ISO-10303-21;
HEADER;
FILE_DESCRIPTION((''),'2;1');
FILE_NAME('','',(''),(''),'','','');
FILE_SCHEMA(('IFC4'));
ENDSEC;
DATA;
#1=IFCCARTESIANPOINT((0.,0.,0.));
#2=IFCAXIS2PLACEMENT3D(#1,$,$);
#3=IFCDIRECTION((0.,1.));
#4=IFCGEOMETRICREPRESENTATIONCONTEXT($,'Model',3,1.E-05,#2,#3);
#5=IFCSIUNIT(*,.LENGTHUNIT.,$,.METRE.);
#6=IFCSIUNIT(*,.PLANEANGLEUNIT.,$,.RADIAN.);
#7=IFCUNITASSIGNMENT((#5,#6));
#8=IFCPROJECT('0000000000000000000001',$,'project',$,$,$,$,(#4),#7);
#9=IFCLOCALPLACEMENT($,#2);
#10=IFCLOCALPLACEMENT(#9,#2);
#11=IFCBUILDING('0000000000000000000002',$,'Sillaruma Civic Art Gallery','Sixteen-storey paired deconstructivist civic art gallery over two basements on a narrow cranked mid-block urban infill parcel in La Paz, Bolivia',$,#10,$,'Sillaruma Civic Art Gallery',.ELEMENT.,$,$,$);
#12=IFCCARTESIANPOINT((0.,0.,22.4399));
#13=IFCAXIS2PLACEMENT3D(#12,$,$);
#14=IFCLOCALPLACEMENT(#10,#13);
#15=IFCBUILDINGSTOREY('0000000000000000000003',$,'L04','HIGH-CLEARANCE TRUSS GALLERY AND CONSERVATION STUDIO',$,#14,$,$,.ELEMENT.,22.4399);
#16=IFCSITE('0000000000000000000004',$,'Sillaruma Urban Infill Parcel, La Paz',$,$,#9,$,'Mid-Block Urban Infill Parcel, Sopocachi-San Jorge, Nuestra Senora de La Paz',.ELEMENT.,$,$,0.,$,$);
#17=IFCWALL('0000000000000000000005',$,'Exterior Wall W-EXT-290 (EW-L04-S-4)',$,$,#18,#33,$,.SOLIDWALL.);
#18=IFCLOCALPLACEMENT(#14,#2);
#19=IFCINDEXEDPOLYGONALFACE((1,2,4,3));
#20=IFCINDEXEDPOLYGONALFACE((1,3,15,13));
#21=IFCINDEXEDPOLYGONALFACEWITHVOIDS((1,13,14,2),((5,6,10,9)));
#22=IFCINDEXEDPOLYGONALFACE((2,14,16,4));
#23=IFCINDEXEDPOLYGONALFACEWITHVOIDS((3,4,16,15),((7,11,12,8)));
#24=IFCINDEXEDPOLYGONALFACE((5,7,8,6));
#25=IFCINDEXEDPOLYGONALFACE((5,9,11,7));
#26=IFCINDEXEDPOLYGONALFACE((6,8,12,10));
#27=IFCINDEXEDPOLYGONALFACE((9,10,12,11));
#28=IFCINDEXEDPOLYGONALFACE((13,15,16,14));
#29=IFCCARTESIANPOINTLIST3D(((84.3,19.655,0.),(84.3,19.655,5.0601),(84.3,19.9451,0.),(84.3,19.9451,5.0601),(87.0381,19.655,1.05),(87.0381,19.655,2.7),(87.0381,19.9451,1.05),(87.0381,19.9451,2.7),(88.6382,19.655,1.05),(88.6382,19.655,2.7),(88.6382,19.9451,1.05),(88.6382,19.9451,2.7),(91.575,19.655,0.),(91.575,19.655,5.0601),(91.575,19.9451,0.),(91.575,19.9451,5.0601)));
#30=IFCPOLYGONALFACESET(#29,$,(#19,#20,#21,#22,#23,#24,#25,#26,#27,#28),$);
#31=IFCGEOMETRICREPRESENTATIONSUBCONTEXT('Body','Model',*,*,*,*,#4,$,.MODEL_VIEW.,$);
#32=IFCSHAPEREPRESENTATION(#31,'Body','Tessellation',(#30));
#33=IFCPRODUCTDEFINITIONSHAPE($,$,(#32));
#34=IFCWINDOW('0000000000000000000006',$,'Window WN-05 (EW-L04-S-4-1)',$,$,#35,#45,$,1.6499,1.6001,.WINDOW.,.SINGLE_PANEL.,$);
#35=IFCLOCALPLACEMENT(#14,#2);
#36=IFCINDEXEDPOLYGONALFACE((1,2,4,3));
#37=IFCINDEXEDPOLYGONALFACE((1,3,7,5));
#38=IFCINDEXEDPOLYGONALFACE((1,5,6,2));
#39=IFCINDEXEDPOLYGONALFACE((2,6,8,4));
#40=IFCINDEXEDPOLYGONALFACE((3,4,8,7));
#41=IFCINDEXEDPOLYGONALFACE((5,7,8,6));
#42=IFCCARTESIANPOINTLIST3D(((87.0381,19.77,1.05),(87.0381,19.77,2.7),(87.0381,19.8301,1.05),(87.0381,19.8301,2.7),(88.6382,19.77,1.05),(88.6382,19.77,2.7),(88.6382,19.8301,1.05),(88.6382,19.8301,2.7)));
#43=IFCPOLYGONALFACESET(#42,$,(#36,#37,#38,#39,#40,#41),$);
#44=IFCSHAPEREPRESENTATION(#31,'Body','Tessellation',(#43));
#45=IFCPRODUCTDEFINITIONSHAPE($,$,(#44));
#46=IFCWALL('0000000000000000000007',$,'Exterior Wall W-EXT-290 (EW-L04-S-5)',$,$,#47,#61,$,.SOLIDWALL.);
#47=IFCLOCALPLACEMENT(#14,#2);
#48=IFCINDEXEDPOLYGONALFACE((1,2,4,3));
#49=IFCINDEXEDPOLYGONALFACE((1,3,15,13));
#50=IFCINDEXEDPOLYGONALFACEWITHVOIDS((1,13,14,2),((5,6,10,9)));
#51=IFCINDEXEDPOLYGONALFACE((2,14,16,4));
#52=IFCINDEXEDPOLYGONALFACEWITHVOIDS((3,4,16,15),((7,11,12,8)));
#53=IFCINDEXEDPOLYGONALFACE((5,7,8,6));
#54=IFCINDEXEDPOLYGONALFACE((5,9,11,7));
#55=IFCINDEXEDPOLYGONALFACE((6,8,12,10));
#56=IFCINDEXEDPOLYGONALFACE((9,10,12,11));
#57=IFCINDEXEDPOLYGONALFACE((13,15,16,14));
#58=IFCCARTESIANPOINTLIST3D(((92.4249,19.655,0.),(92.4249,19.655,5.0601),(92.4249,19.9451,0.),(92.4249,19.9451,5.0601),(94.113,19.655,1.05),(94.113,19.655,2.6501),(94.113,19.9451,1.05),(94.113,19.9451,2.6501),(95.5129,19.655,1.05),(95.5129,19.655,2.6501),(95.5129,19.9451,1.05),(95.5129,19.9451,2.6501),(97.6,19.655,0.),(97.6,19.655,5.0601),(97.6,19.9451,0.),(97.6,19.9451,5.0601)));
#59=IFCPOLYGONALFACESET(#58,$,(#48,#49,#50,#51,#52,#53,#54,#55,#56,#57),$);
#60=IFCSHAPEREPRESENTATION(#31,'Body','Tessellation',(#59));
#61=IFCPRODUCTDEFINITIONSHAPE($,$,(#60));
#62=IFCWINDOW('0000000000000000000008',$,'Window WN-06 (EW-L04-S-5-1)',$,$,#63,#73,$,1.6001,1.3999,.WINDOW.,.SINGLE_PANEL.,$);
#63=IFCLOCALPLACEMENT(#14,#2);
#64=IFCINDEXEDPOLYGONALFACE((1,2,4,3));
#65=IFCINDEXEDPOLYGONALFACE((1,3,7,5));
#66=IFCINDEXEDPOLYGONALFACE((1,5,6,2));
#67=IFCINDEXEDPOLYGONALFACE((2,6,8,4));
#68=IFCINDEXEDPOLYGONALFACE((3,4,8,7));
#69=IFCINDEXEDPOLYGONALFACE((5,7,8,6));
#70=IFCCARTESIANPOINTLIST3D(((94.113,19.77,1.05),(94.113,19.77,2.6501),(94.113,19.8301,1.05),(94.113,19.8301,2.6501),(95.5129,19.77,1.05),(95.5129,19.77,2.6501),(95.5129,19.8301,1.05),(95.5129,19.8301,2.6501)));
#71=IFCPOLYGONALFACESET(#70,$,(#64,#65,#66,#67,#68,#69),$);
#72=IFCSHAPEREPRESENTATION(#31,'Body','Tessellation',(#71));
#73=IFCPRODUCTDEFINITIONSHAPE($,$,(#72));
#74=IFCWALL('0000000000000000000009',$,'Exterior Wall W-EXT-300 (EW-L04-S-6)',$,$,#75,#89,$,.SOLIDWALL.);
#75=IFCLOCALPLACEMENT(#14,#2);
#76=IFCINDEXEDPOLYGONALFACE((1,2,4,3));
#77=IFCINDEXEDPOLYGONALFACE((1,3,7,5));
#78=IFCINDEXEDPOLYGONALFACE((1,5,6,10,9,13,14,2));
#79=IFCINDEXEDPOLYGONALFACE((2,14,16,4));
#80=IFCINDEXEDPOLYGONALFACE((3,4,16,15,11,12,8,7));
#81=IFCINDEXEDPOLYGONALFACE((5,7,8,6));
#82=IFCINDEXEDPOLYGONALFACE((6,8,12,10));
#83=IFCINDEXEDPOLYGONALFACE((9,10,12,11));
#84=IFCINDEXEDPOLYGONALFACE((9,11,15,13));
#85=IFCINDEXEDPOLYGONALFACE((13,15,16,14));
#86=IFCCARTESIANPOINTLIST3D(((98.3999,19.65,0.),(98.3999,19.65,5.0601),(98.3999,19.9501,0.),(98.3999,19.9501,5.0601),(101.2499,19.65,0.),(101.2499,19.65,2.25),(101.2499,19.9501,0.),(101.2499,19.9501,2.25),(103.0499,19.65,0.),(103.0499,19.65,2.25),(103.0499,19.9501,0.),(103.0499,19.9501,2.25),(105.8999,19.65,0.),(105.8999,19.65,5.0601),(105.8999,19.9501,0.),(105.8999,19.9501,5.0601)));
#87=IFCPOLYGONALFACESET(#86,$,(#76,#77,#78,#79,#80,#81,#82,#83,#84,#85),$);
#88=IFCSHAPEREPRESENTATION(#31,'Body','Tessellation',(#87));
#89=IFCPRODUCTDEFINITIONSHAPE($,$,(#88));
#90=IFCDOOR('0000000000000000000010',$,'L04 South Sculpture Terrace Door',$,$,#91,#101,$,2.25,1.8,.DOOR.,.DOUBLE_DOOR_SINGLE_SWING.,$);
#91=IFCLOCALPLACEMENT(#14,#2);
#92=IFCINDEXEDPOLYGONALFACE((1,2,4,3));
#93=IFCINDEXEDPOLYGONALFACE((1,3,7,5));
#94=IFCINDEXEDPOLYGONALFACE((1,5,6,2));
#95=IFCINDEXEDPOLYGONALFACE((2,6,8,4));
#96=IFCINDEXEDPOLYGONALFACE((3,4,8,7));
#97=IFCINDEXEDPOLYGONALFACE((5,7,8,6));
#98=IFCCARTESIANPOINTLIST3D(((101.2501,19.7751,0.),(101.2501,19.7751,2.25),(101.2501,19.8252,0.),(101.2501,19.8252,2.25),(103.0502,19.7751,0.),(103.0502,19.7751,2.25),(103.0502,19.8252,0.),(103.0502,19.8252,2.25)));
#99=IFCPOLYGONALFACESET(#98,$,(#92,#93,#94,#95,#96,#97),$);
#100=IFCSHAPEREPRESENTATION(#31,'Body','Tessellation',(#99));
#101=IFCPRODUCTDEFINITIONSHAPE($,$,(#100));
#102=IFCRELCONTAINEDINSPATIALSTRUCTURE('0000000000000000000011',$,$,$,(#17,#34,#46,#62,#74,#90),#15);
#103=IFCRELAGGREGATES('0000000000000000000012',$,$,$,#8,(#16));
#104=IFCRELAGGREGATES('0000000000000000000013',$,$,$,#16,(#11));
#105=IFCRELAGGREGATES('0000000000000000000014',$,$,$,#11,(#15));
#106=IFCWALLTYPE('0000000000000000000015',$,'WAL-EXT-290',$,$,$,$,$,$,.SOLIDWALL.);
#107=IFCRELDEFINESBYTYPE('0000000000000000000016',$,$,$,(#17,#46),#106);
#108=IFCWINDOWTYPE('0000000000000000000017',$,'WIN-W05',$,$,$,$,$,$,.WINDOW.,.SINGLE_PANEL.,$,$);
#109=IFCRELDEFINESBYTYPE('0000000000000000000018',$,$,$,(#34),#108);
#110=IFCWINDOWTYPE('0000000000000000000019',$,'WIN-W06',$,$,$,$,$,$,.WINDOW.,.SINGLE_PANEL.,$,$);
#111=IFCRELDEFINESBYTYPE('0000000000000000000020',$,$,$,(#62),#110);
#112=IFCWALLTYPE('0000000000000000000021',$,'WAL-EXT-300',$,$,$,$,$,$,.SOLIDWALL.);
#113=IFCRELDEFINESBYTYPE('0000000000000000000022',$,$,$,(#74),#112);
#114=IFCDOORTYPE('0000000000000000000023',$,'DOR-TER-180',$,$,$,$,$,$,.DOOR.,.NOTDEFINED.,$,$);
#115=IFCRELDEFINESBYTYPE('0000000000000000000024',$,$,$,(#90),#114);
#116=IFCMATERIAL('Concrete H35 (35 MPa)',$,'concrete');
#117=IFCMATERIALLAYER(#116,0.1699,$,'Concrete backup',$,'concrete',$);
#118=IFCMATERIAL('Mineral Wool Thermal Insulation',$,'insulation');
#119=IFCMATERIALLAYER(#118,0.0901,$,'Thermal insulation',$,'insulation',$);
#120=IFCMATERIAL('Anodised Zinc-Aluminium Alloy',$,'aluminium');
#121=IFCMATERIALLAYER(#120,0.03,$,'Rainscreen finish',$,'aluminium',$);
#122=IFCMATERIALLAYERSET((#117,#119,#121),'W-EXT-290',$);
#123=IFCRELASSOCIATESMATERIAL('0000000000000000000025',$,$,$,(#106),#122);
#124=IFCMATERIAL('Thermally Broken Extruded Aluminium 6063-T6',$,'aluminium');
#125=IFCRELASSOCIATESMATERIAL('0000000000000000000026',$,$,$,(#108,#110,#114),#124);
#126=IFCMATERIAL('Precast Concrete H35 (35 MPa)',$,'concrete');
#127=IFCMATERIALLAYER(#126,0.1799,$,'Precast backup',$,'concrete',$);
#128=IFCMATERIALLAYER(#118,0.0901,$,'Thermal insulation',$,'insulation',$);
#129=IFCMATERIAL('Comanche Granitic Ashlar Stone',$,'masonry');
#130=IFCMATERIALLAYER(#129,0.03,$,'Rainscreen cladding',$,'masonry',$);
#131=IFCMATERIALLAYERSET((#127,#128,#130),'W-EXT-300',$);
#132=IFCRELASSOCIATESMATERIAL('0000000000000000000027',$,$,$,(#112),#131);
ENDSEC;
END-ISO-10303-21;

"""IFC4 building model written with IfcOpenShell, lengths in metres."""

from ifc_helpers import new_model, si_unit, direction, frame, frame_2d, origin, place, context, subcontext, project, spatial, rectangle, extrude, material, layer, layer_set, type_object, element, fill, save


model = new_model("IFC4")

# Units and contexts
model_context = context("Model", 3, precision=1e-05, world=origin(), true_north=direction((0.0, 1.0)))
body_context = subcontext(model_context, "Body", "Model", "MODEL_VIEW")
ifc_project = project(units=[si_unit("LENGTHUNIT", "METRE"), si_unit("PLANEANGLEUNIT", "RADIAN")], contexts=[model_context])

# Site, building, storey
site_placement = place(None, origin())
site = spatial("IfcSite", under=ifc_project, at=site_placement, Name="Sillaruma Urban Infill Parcel, La Paz", LongName="Mid-Block Urban Infill Parcel, Sopocachi-San Jorge, Nuestra Senora de La Paz", CompositionType="ELEMENT", RefElevation=0.0)
building_placement = place(site_placement, origin())
building = spatial("IfcBuilding", under=site, at=building_placement, Name="Sillaruma Civic Art Gallery", Description="Sixteen-storey paired deconstructivist civic art gallery over two basements on a narrow cranked mid-block urban infill parcel in La Paz, Bolivia", LongName="Sillaruma Civic Art Gallery", CompositionType="ELEMENT")
storey_placement = place(building_placement, frame((0.0, 0.0, 22.4399)))
storey = spatial("IfcBuildingStorey", under=building, at=storey_placement, Name="L04", Description="HIGH-CLEARANCE TRUSS GALLERY AND CONSERVATION STUDIO", CompositionType="ELEMENT", Elevation=22.4399)

# Shared definitions
ifc_material_1 = material(Name="Concrete H35 (35 MPa)", Category="concrete")

# Walls, openings, windows
ifc_layer_1 = layer(ifc_material_1, 0.1699, Name="Concrete backup", Category="concrete")
ifc_material_2 = material(Name="Mineral Wool Thermal Insulation", Category="insulation")
ifc_layer_2 = layer(ifc_material_2, 0.0901, Name="Thermal insulation", Category="insulation")
ifc_material_3 = material(Name="Anodised Zinc-Aluminium Alloy", Category="aluminium")
ifc_layer_3 = layer(ifc_material_3, 0.03, Name="Rainscreen finish", Category="aluminium")
ifc_layer_set_1 = layer_set([ifc_layer_1, ifc_layer_2, ifc_layer_3], Name="W-EXT-290")
wall_type_1 = type_object("IfcWallType", Name="WAL-EXT-290", PredefinedType="SOLIDWALL", material=ifc_layer_set_1)
wall_1_placement = place(storey_placement, frame((84.3, 19.8, 0.0), z_axis=(0.0, 0.0, 1.0), x_axis=(1.0, 0.0, 0.0)))
wall_1 = element("IfcWall", 1, at=wall_1_placement, inside=storey, type_object=wall_type_1, Name="Exterior Wall W-EXT-290 (EW-L04-S-4)", PredefinedType="SOLIDWALL", context=body_context, shape_type="SweptSolid", body=[
    extrude(rectangle(XDim=7.2749, YDim=0.29, at=frame_2d((3.6375, 0.0))), origin(), (0.0, 0.0, 1.0), 5.0601),
])
opening_1_placement = place(wall_1_placement, frame((2.738, 0.0, 1.05)))
opening_1 = element("IfcOpeningElement", 2, at=opening_1_placement, cuts=wall_1, PredefinedType="OPENING", context=body_context, shape_type="SweptSolid", body=[
    extrude(rectangle(XDim=1.6001, YDim=1.6499, at=frame_2d((0.8, 0.825))), frame((0.0, 0.155, 0.0), z_axis=(0.0, -1.0, 0.0), x_axis=(1.0, 0.0, 0.0)), (0.0, 0.0, 1.0), 0.3101),
])
ifc_material_4 = material(Name="Thermally Broken Extruded Aluminium 6063-T6", Category="aluminium")
window_type_1 = type_object("IfcWindowType", Name="WIN-W05", PartitioningType="SINGLE_PANEL", PredefinedType="WINDOW", material=ifc_material_4)
window_1_placement = place(opening_1_placement, origin())
window_1 = element("IfcWindow", 3, at=window_1_placement, inside=storey, type_object=window_type_1, Name="Window WN-05 (EW-L04-S-4-1)", OverallHeight=1.6499, OverallWidth=1.6001, PartitioningType="SINGLE_PANEL", PredefinedType="WINDOW", context=body_context, shape_type="SweptSolid", body=[
    extrude(rectangle(XDim=1.6001, YDim=1.6499, at=frame_2d((0.8, 0.825))), frame((0.0, 0.03, 0.0), z_axis=(0.0, -1.0, 0.0), x_axis=(1.0, 0.0, 0.0)), (0.0, 0.0, 1.0), 0.0601),
])
fill(opening_1, window_1)
wall_2_placement = place(storey_placement, frame((92.425, 19.8, 0.0), z_axis=(0.0, 0.0, 1.0), x_axis=(1.0, 0.0, 0.0)))
wall_2 = element("IfcWall", 4, at=wall_2_placement, inside=storey, type_object=wall_type_1, Name="Exterior Wall W-EXT-290 (EW-L04-S-5)", PredefinedType="SOLIDWALL", context=body_context, shape_type="SweptSolid", body=[
    extrude(rectangle(XDim=5.175, YDim=0.29, at=frame_2d((2.5874, 0.0))), origin(), (0.0, 0.0, 1.0), 5.0601),
])
opening_2_placement = place(wall_2_placement, frame((1.688, 0.0, 1.05)))
opening_2 = element("IfcOpeningElement", 5, at=opening_2_placement, cuts=wall_2, PredefinedType="OPENING", context=body_context, shape_type="SweptSolid", body=[
    extrude(rectangle(XDim=1.3999, YDim=1.6001, at=frame_2d((0.7, 0.8))), frame((0.0, 0.155, 0.0), z_axis=(0.0, -1.0, 0.0), x_axis=(1.0, 0.0, 0.0)), (0.0, 0.0, 1.0), 0.3101),
])
window_type_2 = type_object("IfcWindowType", Name="WIN-W06", PartitioningType="SINGLE_PANEL", PredefinedType="WINDOW", material=ifc_material_4)
window_2_placement = place(opening_2_placement, origin())
window_2 = element("IfcWindow", 6, at=window_2_placement, inside=storey, type_object=window_type_2, Name="Window WN-06 (EW-L04-S-5-1)", OverallHeight=1.6001, OverallWidth=1.3999, PartitioningType="SINGLE_PANEL", PredefinedType="WINDOW", context=body_context, shape_type="SweptSolid", body=[
    extrude(rectangle(XDim=1.3999, YDim=1.6001, at=frame_2d((0.7, 0.8))), frame((0.0, 0.03, 0.0), z_axis=(0.0, -1.0, 0.0), x_axis=(1.0, 0.0, 0.0)), (0.0, 0.0, 1.0), 0.0601),
])
fill(opening_2, window_2)

# Wall, opening, door
ifc_material_5 = material(Name="Precast Concrete H35 (35 MPa)", Category="concrete")
ifc_layer_4 = layer(ifc_material_5, 0.1799, Name="Precast backup", Category="concrete")
ifc_layer_5 = layer(ifc_material_2, 0.0901, Name="Thermal insulation", Category="insulation")
ifc_material_6 = material(Name="Comanche Granitic Ashlar Stone", Category="masonry")
ifc_layer_6 = layer(ifc_material_6, 0.03, Name="Rainscreen cladding", Category="masonry")
ifc_layer_set_2 = layer_set([ifc_layer_4, ifc_layer_5, ifc_layer_6], Name="W-EXT-300")
wall_type_2 = type_object("IfcWallType", Name="WAL-EXT-300", PredefinedType="SOLIDWALL", material=ifc_layer_set_2)
wall_3_placement = place(storey_placement, frame((98.3999, 19.8, 0.0), z_axis=(0.0, 0.0, 1.0), x_axis=(1.0, 0.0, 0.0)))
wall_3 = element("IfcWall", 7, at=wall_3_placement, inside=storey, type_object=wall_type_2, Name="Exterior Wall W-EXT-300 (EW-L04-S-6)", PredefinedType="SOLIDWALL", context=body_context, shape_type="SweptSolid", body=[
    extrude(rectangle(XDim=7.5, YDim=0.3, at=frame_2d((3.75, 0.0))), origin(), (0.0, 0.0, 1.0), 5.0601),
])
opening_3_placement = place(wall_3_placement, frame((2.8501, 0.0, 0.0)))
opening_3 = element("IfcOpeningElement", 8, at=opening_3_placement, cuts=wall_3, PredefinedType="OPENING", context=body_context, shape_type="SweptSolid", body=[
    extrude(rectangle(XDim=1.8, YDim=2.25, at=frame_2d((0.8999, 1.125))), frame((0.0, 0.1599, 0.0), z_axis=(0.0, -1.0, 0.0), x_axis=(1.0, 0.0, 0.0)), (0.0, 0.0, 1.0), 0.3201),
])
door_type = type_object("IfcDoorType", Name="DOR-TER-180", OperationType="NOTDEFINED", PredefinedType="DOOR", material=ifc_material_4)
door_placement = place(opening_3_placement, frame((1.8, 0.0, 0.0), z_axis=(0.0, 0.0, 1.0), x_axis=(-1.0, 0.0, 0.0)))
door = element("IfcDoor", 9, at=door_placement, inside=storey, type_object=door_type, Name="L04 South Sculpture Terrace Door", OperationType="DOUBLE_DOOR_SINGLE_SWING", OverallHeight=2.25, OverallWidth=1.8, PredefinedType="DOOR", context=body_context, shape_type="SweptSolid", body=[
    extrude(rectangle(XDim=1.8, YDim=2.25, at=frame_2d((0.8999, 1.125))), frame((0.0, 0.0249, 0.0), z_axis=(0.0, -1.0, 0.0), x_axis=(1.0, 0.0, 0.0)), (0.0, 0.0, 1.0), 0.05),
])
fill(opening_3, door)

save(model, "model.ifc")
